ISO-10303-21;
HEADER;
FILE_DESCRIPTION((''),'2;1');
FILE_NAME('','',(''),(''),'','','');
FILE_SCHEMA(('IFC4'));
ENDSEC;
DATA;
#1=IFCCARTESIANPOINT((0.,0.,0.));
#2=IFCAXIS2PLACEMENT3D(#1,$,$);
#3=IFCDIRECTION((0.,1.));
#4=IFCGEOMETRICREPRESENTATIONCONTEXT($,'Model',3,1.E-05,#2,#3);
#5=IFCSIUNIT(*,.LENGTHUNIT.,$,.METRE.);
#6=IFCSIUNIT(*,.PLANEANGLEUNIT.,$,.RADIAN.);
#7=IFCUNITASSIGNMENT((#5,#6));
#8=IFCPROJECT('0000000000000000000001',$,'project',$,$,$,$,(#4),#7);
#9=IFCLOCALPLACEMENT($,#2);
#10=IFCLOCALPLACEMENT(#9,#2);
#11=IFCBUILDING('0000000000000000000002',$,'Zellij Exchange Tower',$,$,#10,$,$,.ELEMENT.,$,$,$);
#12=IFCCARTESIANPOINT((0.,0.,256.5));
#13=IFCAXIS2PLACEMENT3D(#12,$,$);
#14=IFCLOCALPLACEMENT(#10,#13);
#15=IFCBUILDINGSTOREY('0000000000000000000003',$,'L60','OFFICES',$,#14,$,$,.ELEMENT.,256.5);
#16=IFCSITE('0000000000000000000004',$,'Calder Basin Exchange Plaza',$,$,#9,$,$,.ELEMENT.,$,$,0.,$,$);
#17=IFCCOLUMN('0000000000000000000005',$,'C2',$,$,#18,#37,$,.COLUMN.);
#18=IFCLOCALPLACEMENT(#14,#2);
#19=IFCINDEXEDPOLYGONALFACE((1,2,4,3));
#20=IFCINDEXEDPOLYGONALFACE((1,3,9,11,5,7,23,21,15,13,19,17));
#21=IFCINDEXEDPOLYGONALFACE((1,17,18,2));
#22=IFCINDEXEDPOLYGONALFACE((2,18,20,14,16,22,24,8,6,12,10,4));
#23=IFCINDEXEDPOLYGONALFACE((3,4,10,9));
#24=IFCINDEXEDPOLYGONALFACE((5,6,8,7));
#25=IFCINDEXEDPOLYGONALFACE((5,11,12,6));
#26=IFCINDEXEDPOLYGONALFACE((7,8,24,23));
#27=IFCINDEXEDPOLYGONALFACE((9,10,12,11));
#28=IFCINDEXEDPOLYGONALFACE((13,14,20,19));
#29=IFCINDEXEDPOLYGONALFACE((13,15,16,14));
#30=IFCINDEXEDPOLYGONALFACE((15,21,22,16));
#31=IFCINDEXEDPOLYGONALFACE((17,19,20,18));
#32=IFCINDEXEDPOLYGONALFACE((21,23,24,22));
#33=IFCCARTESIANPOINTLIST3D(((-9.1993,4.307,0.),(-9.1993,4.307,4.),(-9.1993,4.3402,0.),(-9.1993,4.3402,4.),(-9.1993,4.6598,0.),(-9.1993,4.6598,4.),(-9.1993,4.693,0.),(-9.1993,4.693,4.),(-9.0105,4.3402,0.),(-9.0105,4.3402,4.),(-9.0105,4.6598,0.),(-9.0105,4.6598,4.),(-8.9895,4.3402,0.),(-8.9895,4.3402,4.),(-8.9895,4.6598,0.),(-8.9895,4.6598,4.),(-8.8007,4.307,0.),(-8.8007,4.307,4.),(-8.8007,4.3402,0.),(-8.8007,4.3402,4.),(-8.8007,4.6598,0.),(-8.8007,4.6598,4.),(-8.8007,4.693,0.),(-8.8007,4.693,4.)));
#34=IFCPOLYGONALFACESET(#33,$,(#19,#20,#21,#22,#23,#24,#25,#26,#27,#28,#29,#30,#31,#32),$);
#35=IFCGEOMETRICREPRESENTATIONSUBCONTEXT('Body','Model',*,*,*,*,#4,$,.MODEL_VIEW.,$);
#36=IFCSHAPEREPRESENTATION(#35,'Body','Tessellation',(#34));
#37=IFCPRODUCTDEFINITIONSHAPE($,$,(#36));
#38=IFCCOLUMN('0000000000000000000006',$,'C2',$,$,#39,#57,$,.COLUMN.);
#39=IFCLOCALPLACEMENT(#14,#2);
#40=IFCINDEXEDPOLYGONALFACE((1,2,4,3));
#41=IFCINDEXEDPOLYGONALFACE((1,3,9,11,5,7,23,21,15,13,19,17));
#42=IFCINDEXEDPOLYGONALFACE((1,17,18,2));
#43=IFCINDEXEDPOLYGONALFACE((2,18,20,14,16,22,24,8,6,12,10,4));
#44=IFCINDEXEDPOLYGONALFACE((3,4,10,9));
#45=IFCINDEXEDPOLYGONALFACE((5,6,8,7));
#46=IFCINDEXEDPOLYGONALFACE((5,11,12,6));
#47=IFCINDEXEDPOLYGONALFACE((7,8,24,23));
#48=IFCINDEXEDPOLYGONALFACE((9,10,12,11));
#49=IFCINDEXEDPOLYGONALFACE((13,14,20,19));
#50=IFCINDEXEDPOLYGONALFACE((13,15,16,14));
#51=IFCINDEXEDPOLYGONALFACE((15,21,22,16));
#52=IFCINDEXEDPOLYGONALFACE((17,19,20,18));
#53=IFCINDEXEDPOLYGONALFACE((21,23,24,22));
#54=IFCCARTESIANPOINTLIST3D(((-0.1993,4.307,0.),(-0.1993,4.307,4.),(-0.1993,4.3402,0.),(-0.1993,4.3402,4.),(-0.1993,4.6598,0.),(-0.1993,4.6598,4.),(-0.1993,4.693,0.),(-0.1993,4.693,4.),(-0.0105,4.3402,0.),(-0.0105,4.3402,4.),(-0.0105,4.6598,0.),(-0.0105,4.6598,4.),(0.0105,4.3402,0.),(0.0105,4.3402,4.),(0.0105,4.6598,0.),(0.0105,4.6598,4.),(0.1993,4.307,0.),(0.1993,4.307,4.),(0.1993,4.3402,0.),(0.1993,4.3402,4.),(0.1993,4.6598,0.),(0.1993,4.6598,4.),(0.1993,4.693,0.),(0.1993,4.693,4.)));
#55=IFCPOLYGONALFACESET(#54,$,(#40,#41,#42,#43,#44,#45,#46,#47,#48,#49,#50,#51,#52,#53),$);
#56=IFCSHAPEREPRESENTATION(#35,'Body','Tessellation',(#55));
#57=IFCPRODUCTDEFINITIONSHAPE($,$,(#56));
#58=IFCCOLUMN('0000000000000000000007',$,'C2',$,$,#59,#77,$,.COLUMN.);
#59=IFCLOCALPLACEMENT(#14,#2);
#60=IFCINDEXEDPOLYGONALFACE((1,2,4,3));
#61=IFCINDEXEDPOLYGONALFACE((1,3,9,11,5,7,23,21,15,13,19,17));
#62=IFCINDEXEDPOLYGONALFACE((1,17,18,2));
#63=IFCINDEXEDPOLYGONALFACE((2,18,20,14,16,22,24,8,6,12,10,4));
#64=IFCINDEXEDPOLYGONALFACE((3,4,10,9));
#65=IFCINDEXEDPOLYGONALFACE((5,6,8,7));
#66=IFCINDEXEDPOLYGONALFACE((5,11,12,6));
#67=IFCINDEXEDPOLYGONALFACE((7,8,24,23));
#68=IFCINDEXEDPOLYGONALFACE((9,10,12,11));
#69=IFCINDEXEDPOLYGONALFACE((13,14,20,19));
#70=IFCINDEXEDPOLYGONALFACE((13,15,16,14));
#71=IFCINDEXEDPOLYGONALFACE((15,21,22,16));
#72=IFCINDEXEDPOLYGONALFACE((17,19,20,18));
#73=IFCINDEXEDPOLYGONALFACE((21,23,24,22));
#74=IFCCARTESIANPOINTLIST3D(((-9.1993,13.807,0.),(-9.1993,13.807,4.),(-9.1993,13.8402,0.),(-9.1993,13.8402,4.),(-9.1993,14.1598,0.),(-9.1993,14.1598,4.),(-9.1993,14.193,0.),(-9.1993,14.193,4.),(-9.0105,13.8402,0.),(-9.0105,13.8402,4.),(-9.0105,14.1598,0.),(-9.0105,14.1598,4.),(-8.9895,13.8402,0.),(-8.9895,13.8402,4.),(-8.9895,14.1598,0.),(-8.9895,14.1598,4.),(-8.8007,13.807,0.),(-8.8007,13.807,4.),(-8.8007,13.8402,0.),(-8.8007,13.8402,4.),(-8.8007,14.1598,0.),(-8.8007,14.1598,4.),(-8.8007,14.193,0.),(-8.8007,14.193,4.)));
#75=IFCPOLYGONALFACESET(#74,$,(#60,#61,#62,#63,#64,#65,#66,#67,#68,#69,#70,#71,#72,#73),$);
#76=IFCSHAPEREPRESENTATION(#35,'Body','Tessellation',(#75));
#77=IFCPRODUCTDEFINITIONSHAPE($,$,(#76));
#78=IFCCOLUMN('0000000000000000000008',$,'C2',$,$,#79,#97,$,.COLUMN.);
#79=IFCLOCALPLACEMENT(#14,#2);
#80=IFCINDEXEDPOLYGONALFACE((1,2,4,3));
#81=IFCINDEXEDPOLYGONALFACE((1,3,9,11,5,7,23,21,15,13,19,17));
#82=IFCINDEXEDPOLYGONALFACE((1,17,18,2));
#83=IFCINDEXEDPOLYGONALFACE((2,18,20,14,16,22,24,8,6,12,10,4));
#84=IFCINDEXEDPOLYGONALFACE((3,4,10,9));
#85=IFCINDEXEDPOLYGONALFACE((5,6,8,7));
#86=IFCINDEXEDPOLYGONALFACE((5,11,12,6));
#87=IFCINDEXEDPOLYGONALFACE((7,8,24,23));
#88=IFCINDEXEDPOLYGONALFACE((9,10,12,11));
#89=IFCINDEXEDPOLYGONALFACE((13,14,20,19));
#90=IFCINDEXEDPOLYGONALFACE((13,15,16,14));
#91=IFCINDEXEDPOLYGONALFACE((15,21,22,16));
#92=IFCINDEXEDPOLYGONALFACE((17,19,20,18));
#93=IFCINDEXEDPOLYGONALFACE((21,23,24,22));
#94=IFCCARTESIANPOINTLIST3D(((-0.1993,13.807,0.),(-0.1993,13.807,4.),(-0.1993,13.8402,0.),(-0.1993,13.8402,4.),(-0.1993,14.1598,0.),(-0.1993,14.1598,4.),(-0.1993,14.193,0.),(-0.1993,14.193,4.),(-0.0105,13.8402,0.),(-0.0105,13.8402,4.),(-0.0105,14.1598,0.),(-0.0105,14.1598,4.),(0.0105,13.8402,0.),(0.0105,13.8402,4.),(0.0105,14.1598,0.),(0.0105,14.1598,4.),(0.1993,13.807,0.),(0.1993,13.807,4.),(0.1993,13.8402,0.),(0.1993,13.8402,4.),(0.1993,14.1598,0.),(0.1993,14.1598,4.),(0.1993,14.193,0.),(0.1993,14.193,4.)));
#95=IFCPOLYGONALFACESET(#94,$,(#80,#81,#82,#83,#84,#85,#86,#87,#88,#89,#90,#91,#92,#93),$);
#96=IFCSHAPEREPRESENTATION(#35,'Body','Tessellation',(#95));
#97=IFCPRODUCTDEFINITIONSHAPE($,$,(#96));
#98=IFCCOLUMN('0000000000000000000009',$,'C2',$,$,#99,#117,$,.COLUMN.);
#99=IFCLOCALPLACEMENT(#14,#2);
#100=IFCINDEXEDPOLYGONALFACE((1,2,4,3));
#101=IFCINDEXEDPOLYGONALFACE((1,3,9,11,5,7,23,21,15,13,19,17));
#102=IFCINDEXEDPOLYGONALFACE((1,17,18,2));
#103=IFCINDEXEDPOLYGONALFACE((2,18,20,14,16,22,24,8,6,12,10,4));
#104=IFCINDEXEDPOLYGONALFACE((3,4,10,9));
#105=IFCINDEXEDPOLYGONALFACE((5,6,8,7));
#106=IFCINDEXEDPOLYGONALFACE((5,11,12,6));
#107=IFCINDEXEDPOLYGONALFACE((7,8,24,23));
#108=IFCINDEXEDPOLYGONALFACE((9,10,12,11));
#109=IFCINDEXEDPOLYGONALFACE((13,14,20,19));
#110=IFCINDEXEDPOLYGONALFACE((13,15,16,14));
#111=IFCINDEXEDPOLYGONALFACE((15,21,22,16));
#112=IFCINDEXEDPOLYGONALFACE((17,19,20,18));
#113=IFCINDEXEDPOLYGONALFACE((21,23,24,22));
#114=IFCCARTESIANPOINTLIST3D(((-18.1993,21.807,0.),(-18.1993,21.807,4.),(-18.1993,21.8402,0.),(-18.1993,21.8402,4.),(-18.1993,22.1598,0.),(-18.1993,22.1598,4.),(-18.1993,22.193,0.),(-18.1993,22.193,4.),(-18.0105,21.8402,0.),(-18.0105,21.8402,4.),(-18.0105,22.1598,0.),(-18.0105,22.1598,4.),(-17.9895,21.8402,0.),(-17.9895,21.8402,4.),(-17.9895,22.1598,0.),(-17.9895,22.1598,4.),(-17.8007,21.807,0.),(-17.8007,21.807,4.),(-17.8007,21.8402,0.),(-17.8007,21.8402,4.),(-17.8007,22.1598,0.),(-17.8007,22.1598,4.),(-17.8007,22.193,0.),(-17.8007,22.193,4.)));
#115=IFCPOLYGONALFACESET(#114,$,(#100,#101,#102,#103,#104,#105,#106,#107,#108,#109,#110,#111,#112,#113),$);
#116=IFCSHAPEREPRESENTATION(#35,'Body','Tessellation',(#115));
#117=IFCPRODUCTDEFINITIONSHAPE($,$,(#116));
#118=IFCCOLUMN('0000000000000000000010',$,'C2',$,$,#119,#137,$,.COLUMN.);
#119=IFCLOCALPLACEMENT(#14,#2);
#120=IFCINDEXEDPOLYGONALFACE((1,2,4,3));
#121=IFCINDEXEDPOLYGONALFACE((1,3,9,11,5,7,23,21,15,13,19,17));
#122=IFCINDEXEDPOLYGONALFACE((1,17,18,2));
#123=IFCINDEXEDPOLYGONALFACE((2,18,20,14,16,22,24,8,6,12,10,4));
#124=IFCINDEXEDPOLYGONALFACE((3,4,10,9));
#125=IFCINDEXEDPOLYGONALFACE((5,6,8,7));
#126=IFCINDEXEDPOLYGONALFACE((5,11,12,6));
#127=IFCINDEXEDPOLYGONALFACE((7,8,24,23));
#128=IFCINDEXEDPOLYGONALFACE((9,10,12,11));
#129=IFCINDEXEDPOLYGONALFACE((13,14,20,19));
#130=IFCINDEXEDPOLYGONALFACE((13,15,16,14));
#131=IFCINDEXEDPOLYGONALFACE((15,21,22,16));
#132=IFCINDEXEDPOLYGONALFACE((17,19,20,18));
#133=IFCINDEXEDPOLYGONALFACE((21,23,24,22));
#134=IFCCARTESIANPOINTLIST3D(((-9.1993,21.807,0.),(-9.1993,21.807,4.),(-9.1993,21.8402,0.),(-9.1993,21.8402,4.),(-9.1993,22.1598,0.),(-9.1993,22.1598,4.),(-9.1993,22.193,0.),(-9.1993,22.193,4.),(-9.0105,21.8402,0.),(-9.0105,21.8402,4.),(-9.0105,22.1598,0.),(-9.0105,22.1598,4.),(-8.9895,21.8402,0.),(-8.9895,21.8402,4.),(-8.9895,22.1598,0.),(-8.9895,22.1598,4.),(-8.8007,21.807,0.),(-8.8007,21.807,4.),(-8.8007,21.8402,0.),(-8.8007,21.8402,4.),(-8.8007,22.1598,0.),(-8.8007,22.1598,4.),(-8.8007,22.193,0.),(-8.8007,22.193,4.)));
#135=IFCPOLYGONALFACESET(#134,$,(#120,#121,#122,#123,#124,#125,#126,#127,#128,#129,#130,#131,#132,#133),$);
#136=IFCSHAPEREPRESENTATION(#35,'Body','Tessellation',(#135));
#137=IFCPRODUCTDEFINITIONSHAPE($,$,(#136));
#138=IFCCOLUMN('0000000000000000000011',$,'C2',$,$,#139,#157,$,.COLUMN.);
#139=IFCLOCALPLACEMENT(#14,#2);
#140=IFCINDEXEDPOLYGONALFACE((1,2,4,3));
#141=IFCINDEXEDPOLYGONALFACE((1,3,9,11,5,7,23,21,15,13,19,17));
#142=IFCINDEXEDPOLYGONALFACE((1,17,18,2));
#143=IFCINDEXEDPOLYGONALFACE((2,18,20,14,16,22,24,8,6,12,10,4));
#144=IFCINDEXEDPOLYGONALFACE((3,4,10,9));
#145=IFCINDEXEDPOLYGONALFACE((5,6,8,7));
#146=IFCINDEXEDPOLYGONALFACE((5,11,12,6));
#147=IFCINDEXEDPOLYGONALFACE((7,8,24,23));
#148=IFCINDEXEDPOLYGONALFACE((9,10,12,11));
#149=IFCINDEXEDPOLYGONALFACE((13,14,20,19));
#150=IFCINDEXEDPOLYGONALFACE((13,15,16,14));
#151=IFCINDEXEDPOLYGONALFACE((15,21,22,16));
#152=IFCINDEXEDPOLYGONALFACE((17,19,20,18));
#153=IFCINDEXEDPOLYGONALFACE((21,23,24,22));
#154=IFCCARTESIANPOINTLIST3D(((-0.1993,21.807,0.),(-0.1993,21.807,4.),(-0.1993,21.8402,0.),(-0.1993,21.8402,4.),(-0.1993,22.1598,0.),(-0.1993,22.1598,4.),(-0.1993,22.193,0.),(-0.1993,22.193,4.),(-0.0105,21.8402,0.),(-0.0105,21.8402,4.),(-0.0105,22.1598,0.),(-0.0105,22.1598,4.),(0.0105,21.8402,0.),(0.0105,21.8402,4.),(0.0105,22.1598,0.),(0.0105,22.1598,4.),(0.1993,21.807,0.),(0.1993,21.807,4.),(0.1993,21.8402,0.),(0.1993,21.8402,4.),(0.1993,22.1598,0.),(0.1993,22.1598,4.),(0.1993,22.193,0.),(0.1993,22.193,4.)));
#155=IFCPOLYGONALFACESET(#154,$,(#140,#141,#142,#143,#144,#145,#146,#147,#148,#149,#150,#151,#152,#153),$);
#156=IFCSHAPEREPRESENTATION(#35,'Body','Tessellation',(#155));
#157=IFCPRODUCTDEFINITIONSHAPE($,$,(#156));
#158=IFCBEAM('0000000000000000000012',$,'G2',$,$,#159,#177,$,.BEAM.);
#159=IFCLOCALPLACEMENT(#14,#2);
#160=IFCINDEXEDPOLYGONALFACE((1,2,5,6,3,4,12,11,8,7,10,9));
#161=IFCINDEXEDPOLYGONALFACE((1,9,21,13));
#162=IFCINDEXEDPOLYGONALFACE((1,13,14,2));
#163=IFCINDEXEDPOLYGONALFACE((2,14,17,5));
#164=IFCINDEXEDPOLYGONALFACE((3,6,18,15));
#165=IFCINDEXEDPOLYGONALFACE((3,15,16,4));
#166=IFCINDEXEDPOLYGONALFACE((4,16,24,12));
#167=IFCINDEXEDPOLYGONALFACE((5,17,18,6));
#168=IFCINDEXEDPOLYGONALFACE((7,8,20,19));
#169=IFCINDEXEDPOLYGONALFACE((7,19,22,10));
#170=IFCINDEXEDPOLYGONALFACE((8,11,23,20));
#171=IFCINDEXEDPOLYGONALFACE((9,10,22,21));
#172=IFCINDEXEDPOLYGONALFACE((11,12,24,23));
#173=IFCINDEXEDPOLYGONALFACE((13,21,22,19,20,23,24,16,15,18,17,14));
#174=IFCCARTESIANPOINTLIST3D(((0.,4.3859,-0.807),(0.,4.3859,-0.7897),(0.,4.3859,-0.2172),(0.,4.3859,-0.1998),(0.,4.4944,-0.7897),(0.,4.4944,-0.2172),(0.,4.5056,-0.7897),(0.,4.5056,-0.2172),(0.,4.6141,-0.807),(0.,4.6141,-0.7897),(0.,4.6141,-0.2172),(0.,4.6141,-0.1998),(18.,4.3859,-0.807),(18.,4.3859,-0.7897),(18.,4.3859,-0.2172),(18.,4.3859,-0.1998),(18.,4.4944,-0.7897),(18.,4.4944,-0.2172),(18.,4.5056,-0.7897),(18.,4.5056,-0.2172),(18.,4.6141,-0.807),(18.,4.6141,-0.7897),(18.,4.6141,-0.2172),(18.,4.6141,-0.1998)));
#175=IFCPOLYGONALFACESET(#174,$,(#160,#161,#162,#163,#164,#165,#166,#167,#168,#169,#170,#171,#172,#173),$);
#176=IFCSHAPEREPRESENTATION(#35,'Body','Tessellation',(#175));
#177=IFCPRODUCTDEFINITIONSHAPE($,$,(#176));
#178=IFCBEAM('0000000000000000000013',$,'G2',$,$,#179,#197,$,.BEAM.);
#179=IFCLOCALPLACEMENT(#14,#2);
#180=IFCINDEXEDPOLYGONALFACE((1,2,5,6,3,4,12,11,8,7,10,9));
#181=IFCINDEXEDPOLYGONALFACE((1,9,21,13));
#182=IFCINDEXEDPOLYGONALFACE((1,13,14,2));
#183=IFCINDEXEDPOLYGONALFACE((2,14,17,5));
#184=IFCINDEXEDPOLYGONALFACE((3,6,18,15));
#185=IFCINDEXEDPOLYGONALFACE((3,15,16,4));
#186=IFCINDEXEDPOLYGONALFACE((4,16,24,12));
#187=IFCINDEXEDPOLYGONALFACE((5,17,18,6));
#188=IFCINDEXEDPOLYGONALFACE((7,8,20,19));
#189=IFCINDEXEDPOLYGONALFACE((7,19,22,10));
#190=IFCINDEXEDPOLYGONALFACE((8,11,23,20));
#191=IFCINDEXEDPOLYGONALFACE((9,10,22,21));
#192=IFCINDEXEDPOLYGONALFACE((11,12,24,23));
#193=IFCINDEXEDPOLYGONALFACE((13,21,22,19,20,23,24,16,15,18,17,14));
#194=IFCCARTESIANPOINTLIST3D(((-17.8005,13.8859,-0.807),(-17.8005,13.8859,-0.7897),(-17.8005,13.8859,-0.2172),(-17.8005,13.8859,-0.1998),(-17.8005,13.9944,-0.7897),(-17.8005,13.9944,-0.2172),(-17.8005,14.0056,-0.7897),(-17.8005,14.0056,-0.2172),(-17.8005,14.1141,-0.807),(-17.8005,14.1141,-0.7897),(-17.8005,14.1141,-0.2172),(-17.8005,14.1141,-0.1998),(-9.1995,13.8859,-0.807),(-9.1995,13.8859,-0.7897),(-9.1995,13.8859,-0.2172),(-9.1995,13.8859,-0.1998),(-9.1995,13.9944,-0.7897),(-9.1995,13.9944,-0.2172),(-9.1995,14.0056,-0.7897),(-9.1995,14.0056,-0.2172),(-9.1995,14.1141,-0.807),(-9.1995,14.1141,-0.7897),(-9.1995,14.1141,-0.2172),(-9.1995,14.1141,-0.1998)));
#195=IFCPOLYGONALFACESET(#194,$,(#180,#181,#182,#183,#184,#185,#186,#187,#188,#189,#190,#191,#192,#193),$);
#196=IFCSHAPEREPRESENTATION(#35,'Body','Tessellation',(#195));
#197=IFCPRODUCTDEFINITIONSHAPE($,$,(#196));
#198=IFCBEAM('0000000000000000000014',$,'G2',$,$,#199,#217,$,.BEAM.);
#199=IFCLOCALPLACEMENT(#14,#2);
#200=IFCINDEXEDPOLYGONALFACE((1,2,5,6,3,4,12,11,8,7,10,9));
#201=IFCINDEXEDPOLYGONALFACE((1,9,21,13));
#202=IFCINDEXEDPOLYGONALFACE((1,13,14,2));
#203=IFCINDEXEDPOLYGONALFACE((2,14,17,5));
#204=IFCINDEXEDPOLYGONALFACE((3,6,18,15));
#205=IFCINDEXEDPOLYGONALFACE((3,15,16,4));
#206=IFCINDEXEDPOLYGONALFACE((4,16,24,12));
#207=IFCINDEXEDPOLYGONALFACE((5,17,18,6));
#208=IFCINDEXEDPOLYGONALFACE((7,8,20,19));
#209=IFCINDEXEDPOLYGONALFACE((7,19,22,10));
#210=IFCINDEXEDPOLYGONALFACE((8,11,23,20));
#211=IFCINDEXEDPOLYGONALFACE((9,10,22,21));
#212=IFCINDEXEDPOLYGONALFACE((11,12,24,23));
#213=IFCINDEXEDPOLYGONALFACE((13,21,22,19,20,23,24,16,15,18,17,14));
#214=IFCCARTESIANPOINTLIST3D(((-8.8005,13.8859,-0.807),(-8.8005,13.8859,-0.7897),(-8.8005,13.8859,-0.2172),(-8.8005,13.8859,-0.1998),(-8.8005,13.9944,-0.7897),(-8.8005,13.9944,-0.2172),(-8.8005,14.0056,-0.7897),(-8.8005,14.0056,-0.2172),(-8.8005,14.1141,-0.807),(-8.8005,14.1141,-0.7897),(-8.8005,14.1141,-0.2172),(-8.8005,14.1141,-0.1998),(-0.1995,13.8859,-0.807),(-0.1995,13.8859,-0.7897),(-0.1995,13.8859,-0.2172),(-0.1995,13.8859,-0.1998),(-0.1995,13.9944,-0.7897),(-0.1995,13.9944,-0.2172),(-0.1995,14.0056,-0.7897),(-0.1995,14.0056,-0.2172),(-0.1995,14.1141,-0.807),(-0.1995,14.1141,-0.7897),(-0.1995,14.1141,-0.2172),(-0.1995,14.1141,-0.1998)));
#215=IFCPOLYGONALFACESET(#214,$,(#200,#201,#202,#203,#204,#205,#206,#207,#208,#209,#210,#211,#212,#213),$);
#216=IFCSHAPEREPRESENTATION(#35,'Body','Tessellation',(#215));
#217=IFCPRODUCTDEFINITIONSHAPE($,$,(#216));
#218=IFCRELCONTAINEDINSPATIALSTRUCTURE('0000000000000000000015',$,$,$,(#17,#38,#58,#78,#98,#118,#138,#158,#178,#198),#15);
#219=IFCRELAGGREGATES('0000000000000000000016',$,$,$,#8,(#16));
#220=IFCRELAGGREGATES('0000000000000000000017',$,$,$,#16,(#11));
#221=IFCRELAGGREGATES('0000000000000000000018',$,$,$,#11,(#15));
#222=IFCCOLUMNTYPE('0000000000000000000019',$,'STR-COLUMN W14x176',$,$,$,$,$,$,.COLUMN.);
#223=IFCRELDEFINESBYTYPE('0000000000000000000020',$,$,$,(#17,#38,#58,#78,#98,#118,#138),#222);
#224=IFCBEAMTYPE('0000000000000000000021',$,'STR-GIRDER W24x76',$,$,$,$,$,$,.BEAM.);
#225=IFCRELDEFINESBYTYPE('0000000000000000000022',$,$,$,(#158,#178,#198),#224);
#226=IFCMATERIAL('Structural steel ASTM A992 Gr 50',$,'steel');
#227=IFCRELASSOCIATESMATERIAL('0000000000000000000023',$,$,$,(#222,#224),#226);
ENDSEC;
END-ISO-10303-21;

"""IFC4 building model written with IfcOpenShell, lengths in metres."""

from ifc_helpers import new_model, si_unit, direction, frame, origin, origin_2d, place, context, subcontext, project, spatial, i_section, extrude, material, material_profile, profile_set, type_object, element, save


model = new_model("IFC4")

# Units and contexts
model_context = context("Model", 3, precision=1e-05, world=origin(), true_north=direction((0.0, 1.0)))
body_context = subcontext(model_context, "Body", "Model", "MODEL_VIEW")
ifc_project = project(units=[si_unit("LENGTHUNIT", "METRE"), si_unit("PLANEANGLEUNIT", "RADIAN")], contexts=[model_context])

# Site, building, storey
site_placement = place(None, origin())
site = spatial("IfcSite", under=ifc_project, at=site_placement, Name="Calder Basin Exchange Plaza", CompositionType="ELEMENT", RefElevation=0.0)
building_placement = place(site_placement, origin())
building = spatial("IfcBuilding", under=site, at=building_placement, Name="Zellij Exchange Tower", CompositionType="ELEMENT")
storey_placement = place(building_placement, frame((0.0, 0.0, 256.5)))
storey = spatial("IfcBuildingStorey", under=building, at=storey_placement, Name="L60", Description="OFFICES", CompositionType="ELEMENT", Elevation=256.5)

# Columns
ifc_material_1 = material(Name="Structural steel ASTM A992 Gr 50", Category="steel")
ifc_material_profile_1 = material_profile(ifc_material_1, i_section(OverallWidth=0.3987, OverallDepth=0.386, WebThickness=0.021, FlangeThickness=0.0332, at=origin_2d()), Name="W14x176")
ifc_profile_set_1 = profile_set([ifc_material_profile_1], Name="Structural steel ASTM A992 Gr 50")
column_type = type_object("IfcColumnType", Name="STR-COLUMN W14x176", PredefinedType="COLUMN", material=ifc_profile_set_1)
for number, where, z_axis, x_axis, name in (
    (1, (-9.0, 4.5, 0.0), (0.0, 0.0, 1.0), (1.0, 0.0, 0.0), "C2"),
    (2, (0.0, 4.5, 0.0), (0.0, 0.0, 1.0), (1.0, 0.0, 0.0), "C2"),
    (3, (-9.0, 14.0, 0.0), (0.0, 0.0, 1.0), (1.0, 0.0, 0.0), "C2"),
    (4, (0.0, 14.0, 0.0), (0.0, 0.0, 1.0), (1.0, 0.0, 0.0), "C2"),
    (5, (-18.0, 22.0, 0.0), (0.0, 0.0, 1.0), (1.0, 0.0, 0.0), "C2"),
    (6, (-9.0, 22.0, 0.0), (0.0, 0.0, 1.0), (1.0, 0.0, 0.0), "C2"),
    (7, (0.0, 22.0, 0.0), (0.0, 0.0, 1.0), (1.0, 0.0, 0.0), "C2"),
):
    element("IfcColumn", number, at=place(storey_placement, frame(where, z_axis=z_axis, x_axis=x_axis)), inside=storey, type_object=column_type, Name=name, PredefinedType="COLUMN", context=body_context, shape_type="SweptSolid", body=[
        extrude(i_section(OverallWidth=0.3987, OverallDepth=0.386, WebThickness=0.021, FlangeThickness=0.0332, at=origin_2d()), origin(), (0.0, 0.0, 1.0), 4.0),
    ])

# Beams
ifc_material_profile_2 = material_profile(ifc_material_1, i_section(OverallWidth=0.2283, OverallDepth=0.6072, WebThickness=0.0112, FlangeThickness=0.0173, at=origin_2d()), Name="W24x76")
ifc_profile_set_2 = profile_set([ifc_material_profile_2], Name="Structural steel ASTM A992 Gr 50")
beam_type = type_object("IfcBeamType", Name="STR-GIRDER W24x76", PredefinedType="BEAM", material=ifc_profile_set_2)
beam_1_placement = place(storey_placement, frame((0.0, 4.5, -0.5034), z_axis=(1.0, 0.0, 0.0), x_axis=(0.0, 1.0, 0.0)))
element("IfcBeam", 8, at=beam_1_placement, inside=storey, type_object=beam_type, Name="G2", PredefinedType="BEAM", context=body_context, shape_type="SweptSolid", body=[
    extrude(i_section(OverallWidth=0.2283, OverallDepth=0.6072, WebThickness=0.0112, FlangeThickness=0.0173, at=origin_2d()), origin(), (0.0, 0.0, 1.0), 18.0),
])
for number, where, z_axis, x_axis, name in (
    (9, (-17.8005, 14.0, -0.5034), (1.0, 0.0, 0.0), (0.0, 1.0, 0.0), "G2"),
    (10, (-8.8005, 14.0, -0.5034), (1.0, 0.0, 0.0), (0.0, 1.0, 0.0), "G2"),
):
    element("IfcBeam", number, at=place(storey_placement, frame(where, z_axis=z_axis, x_axis=x_axis)), inside=storey, type_object=beam_type, Name=name, PredefinedType="BEAM", context=body_context, shape_type="SweptSolid", body=[
        extrude(i_section(OverallWidth=0.2283, OverallDepth=0.6072, WebThickness=0.0112, FlangeThickness=0.0173, at=origin_2d()), origin(), (0.0, 0.0, 1.0), 8.6011),
    ])

save(model, "model.ifc")
